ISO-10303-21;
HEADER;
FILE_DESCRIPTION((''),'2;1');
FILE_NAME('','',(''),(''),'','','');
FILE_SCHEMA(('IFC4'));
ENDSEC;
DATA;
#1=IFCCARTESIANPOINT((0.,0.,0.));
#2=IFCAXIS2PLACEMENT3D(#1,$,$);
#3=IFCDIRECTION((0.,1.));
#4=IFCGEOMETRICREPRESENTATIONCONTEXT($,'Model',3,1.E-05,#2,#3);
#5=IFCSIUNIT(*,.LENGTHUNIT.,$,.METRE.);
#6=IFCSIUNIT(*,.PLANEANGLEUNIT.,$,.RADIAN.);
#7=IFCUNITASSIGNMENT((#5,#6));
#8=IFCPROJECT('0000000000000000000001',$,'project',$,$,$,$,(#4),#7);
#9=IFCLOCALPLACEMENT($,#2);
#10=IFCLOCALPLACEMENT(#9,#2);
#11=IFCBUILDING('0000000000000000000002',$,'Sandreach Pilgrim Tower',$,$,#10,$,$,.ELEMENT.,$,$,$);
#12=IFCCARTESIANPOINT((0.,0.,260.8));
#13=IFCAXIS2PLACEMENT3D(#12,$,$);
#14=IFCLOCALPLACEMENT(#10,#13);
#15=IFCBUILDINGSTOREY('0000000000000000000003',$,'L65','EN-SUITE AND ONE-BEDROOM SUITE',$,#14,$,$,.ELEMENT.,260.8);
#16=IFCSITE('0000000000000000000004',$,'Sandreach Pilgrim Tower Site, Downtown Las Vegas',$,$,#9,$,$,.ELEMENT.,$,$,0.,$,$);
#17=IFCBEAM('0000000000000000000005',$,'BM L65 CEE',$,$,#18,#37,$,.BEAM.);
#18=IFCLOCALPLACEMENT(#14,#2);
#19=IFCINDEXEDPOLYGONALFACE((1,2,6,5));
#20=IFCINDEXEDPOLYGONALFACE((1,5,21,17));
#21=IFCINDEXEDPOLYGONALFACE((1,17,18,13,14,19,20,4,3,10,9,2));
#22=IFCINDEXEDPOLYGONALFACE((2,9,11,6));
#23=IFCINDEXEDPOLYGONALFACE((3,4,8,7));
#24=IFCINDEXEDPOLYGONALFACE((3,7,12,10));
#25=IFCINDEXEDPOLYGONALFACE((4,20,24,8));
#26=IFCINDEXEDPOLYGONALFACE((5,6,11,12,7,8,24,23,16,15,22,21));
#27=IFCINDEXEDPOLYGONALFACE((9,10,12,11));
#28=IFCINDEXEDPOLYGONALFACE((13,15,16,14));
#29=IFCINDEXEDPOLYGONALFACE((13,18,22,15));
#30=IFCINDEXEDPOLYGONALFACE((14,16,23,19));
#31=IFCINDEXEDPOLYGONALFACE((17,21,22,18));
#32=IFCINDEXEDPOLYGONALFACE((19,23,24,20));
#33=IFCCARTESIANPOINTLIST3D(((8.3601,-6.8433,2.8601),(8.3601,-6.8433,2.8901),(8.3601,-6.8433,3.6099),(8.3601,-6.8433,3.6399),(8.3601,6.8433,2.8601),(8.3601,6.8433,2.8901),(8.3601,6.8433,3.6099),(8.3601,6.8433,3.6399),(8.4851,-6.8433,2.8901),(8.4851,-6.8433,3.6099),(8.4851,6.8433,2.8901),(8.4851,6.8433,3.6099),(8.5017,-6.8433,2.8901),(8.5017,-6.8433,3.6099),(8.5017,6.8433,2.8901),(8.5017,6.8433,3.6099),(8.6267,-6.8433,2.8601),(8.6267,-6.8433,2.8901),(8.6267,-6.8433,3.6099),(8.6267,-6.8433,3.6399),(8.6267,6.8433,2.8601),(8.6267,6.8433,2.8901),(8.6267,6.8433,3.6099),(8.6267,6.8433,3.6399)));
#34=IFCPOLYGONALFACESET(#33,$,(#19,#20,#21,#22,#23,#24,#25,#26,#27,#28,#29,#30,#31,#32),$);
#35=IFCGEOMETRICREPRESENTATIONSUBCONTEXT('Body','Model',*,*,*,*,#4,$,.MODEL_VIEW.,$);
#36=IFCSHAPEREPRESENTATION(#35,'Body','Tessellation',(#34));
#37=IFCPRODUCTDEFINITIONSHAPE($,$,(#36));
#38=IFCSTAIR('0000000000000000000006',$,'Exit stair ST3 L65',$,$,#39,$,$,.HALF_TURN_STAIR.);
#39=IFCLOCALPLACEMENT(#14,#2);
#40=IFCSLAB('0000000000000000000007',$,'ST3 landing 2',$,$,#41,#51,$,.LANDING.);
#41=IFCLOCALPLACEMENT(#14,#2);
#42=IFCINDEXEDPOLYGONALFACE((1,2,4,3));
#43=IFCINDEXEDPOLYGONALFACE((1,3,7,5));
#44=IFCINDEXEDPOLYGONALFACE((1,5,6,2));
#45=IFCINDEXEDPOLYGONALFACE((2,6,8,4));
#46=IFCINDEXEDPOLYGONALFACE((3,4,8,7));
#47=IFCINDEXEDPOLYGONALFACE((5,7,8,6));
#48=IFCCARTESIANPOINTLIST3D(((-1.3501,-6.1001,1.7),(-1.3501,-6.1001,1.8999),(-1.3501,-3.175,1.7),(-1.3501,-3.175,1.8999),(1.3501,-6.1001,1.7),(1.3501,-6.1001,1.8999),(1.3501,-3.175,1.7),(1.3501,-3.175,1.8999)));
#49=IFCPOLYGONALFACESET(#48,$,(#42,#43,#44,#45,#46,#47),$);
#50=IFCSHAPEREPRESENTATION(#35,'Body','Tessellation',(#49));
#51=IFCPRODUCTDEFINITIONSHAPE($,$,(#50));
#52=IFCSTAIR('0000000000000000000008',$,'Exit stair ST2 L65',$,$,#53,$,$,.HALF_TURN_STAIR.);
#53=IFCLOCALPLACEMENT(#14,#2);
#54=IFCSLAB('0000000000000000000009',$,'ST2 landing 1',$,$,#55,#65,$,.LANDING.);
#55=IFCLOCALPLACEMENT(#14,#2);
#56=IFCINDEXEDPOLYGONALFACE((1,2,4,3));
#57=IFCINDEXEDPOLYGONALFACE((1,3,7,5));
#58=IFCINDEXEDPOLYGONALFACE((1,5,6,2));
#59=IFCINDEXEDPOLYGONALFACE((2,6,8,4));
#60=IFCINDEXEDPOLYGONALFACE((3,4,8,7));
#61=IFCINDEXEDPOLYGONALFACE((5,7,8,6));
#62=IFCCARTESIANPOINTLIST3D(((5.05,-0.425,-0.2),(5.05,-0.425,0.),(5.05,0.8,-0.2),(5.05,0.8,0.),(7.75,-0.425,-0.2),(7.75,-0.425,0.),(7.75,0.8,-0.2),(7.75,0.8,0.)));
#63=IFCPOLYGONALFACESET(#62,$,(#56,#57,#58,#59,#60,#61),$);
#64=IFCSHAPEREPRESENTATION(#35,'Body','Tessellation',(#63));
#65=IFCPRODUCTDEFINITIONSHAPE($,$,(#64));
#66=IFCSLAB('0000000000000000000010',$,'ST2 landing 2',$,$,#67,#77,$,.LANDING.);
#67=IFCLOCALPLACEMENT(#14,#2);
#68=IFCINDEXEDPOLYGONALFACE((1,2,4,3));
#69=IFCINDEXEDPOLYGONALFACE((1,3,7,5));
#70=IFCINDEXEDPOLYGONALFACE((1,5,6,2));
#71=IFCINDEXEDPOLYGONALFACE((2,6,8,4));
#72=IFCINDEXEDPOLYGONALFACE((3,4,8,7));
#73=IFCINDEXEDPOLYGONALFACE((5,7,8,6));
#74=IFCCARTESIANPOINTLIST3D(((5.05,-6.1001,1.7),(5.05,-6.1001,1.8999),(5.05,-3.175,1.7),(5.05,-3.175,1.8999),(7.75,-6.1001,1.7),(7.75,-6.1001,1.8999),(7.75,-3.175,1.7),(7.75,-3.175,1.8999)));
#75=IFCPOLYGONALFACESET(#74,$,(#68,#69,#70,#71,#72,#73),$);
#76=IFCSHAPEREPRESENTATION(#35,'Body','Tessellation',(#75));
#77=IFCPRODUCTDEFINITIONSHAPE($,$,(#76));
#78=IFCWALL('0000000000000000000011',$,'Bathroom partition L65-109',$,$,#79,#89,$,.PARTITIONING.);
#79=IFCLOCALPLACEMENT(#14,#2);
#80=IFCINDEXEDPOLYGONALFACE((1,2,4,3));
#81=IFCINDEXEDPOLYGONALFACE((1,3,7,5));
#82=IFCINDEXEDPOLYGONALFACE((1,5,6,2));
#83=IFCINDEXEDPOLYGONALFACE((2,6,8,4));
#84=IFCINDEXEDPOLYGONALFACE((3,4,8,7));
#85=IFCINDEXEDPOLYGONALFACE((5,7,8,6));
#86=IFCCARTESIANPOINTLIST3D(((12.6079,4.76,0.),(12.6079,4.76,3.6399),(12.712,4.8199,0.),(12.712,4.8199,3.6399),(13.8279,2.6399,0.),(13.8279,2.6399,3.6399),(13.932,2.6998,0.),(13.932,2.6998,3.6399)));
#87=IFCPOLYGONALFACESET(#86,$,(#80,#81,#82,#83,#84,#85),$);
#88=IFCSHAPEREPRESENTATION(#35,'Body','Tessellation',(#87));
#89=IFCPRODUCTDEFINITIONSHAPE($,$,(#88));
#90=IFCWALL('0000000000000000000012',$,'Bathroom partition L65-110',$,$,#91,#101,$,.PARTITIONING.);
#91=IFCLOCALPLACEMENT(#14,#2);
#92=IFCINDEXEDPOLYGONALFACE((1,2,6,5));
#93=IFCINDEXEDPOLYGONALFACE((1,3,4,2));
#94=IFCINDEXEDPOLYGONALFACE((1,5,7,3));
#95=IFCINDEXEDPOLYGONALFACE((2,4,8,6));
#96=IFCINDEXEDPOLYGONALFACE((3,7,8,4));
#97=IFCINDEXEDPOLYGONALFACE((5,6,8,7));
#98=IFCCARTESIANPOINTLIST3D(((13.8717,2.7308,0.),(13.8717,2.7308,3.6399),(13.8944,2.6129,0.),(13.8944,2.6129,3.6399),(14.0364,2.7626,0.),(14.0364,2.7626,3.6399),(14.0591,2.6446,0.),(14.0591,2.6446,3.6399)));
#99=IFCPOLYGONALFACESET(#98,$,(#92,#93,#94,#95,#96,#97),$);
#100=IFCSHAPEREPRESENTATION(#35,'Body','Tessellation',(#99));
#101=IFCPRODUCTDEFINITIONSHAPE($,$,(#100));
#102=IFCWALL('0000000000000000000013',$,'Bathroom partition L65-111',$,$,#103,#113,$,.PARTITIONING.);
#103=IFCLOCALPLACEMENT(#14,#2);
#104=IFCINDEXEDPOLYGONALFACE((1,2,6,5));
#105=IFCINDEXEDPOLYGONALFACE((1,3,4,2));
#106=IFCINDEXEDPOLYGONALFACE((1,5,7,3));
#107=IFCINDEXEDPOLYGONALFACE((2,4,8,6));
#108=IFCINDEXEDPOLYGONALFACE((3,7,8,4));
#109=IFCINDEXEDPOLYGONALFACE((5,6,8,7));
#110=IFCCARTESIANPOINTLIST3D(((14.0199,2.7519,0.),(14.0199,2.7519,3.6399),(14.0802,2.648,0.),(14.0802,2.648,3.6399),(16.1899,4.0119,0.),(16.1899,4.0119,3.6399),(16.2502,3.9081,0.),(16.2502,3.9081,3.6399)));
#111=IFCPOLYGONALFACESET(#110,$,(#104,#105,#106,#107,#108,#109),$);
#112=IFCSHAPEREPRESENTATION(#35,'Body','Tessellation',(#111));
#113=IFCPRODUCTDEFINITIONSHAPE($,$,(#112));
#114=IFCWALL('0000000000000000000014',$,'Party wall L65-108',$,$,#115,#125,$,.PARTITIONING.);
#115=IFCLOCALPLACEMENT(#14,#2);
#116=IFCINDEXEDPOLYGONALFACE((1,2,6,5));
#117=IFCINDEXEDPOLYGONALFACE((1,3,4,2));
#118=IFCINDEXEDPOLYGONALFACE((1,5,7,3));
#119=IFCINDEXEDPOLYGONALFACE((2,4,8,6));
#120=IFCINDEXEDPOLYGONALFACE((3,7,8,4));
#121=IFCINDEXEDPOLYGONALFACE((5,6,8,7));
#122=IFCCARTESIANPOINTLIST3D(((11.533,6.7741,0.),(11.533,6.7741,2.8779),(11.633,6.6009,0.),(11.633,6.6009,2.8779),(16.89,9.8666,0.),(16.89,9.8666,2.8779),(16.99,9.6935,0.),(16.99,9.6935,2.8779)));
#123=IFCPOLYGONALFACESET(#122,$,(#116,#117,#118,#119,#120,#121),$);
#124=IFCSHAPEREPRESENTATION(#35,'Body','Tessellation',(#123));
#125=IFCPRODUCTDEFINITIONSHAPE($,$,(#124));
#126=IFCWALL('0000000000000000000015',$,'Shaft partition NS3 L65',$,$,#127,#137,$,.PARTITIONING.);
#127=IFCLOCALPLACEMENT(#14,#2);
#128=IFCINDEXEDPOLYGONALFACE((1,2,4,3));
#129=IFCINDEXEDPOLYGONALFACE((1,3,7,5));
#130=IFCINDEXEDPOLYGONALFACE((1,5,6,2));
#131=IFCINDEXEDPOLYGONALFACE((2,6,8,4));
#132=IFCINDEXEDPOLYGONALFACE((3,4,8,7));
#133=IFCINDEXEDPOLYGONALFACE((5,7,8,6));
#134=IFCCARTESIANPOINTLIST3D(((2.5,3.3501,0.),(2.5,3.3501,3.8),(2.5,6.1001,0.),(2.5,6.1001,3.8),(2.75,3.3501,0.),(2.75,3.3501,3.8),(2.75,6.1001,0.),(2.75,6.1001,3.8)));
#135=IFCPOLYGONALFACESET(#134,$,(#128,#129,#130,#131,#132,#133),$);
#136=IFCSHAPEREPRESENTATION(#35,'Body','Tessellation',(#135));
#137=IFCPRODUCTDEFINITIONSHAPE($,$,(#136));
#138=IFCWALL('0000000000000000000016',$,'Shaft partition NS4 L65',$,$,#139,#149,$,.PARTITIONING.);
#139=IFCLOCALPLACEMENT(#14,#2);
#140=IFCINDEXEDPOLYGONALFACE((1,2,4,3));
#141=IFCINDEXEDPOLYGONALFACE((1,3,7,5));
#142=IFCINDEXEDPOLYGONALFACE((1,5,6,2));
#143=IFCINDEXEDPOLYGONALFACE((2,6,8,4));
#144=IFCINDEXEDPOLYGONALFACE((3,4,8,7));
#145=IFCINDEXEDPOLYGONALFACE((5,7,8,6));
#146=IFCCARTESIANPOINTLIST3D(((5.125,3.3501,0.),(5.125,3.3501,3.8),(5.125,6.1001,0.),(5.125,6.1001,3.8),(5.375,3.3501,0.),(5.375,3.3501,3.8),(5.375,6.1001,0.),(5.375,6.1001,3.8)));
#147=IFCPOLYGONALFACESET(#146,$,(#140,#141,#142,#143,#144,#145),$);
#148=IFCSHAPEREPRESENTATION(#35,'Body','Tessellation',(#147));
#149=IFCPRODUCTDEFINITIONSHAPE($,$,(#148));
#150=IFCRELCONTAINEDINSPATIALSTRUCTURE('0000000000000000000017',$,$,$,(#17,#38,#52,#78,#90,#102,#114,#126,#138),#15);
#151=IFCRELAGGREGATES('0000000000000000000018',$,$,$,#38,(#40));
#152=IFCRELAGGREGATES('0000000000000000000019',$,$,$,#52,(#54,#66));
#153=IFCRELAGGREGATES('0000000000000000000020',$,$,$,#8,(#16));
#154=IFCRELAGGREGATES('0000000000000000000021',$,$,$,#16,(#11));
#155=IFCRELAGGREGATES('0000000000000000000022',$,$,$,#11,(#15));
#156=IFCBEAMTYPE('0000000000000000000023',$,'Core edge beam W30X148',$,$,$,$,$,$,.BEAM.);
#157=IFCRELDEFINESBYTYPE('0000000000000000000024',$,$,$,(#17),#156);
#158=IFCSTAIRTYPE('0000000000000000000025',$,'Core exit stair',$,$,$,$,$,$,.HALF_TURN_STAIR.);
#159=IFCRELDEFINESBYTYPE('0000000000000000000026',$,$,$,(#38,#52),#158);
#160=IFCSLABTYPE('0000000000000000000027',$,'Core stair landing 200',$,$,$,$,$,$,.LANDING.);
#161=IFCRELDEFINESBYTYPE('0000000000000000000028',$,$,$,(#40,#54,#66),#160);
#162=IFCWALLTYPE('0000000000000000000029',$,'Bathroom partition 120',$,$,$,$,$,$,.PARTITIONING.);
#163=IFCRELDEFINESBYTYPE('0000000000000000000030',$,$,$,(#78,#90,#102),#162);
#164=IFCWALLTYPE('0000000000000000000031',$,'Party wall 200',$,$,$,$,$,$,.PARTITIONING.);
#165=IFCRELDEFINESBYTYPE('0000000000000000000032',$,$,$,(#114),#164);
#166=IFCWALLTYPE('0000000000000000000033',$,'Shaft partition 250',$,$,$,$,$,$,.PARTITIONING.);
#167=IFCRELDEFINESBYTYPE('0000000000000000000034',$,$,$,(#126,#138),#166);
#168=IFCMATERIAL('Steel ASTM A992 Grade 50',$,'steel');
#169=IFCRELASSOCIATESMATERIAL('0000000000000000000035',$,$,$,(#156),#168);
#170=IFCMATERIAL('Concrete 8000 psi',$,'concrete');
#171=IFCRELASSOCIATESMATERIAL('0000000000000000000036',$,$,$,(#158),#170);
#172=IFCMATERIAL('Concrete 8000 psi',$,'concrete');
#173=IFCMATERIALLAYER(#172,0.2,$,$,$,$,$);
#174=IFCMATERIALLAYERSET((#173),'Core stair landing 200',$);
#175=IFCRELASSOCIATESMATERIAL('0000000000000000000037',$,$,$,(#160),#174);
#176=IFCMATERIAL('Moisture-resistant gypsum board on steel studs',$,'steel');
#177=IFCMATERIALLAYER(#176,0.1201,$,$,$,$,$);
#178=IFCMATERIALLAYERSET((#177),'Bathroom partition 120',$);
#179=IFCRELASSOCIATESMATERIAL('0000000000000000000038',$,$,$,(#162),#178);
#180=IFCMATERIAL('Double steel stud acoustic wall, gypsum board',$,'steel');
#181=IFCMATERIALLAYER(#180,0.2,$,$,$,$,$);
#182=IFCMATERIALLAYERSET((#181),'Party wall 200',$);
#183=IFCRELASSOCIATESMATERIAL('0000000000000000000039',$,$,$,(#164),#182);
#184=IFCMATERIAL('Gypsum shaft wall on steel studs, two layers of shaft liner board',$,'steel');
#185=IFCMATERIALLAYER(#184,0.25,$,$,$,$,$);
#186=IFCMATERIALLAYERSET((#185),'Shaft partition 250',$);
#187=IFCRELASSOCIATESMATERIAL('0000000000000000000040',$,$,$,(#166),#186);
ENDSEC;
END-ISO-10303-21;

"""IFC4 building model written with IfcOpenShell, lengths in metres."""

from ifc_helpers import new_model, si_unit, direction, frame, frame_2d, origin, origin_2d, place, context, subcontext, project, spatial, polyline, rectangle, i_section, outline, extrude, material, layer, layer_set, material_profile, profile_set, type_object, element, aggregate, save


model = new_model("IFC4")

# Units and contexts
model_context = context("Model", 3, precision=1e-05, world=origin(), true_north=direction((0.0, 1.0)))
body_context = subcontext(model_context, "Body", "Model", "MODEL_VIEW")
ifc_project = project(units=[si_unit("LENGTHUNIT", "METRE"), si_unit("PLANEANGLEUNIT", "RADIAN")], contexts=[model_context])

# Site, building, storey
site_placement = place(None, origin())
site = spatial("IfcSite", under=ifc_project, at=site_placement, Name="Sandreach Pilgrim Tower Site, Downtown Las Vegas", CompositionType="ELEMENT", RefElevation=0.0)
building_placement = place(site_placement, origin())
building = spatial("IfcBuilding", under=site, at=building_placement, Name="Sandreach Pilgrim Tower", CompositionType="ELEMENT")
storey_placement = place(building_placement, frame((0.0, 0.0, 260.8)))
storey = spatial("IfcBuildingStorey", under=building, at=storey_placement, Name="L65", Description="EN-SUITE AND ONE-BEDROOM SUITE", CompositionType="ELEMENT", Elevation=260.8)

# Beam
ifc_material_1 = material(Name="Steel ASTM A992 Grade 50", Category="steel")
ifc_material_profile = material_profile(ifc_material_1, i_section(OverallWidth=0.2666, OverallDepth=0.7798, WebThickness=0.0166, FlangeThickness=0.03, at=origin_2d()), Name="W30X148")
ifc_profile_set = profile_set([ifc_material_profile], Name="Steel ASTM A992 Grade 50")
beam_type = type_object("IfcBeamType", Name="Core edge beam W30X148", PredefinedType="BEAM", material=ifc_profile_set)
beam_placement = place(storey_placement, frame((8.4934, 6.8433, 3.25), z_axis=(0.0, -1.0, 0.0), x_axis=(1.0, 0.0, 0.0)))
element("IfcBeam", 1, at=beam_placement, inside=storey, type_object=beam_type, Name="BM L65 CEE", PredefinedType="BEAM", context=body_context, shape_type="SweptSolid", body=[
    extrude(i_section(OverallWidth=0.2666, OverallDepth=0.7798, WebThickness=0.0166, FlangeThickness=0.03, at=origin_2d()), origin(), (0.0, 0.0, 1.0), 13.6865),
])

# Stair, slab
ifc_material_2 = material(Name="Concrete 8000 psi", Category="concrete")
stair_type = type_object("IfcStairType", Name="Core exit stair", PredefinedType="HALF_TURN_STAIR", material=ifc_material_2)
stair_1_placement = place(storey_placement, origin())
stair_1 = element("IfcStair", 2, at=stair_1_placement, inside=storey, type_object=stair_type, Name="Exit stair ST3 L65", PredefinedType="HALF_TURN_STAIR")
ifc_material_3 = material(Name="Concrete 8000 psi", Category="concrete")
ifc_layer_1 = layer(ifc_material_3, 0.2)
ifc_layer_set_1 = layer_set([ifc_layer_1], Name="Core stair landing 200")
slab_type = type_object("IfcSlabType", Name="Core stair landing 200", PredefinedType="LANDING", material=ifc_layer_set_1)
slab_1_placement = place(storey_placement, frame((0.0, 0.0, 1.7)))
slab_1 = element("IfcSlab", 3, at=slab_1_placement, type_object=slab_type, Name="ST3 landing 2", PredefinedType="LANDING", context=body_context, shape_type="SweptSolid", body=[
    extrude(outline(polyline([(-1.3501, -6.1001), (1.3501, -6.1001), (1.3501, -3.175), (-1.3501, -3.175), (-1.3501, -6.1001)])), origin(), (0.0, 0.0, 1.0), 0.2),
])
aggregate(stair_1, [slab_1])

# Stair, slabs
stair_2_placement = place(storey_placement, origin())
stair_2 = element("IfcStair", 4, at=stair_2_placement, inside=storey, type_object=stair_type, Name="Exit stair ST2 L65", PredefinedType="HALF_TURN_STAIR")
slab_2_placement = place(storey_placement, frame((0.0, 0.0, -0.2)))
slab_2 = element("IfcSlab", 5, at=slab_2_placement, type_object=slab_type, Name="ST2 landing 1", PredefinedType="LANDING", context=body_context, shape_type="SweptSolid", body=[
    extrude(outline(polyline([(5.05, -0.425), (7.75, -0.425), (7.75, 0.8), (5.05, 0.8), (5.05, -0.425)])), origin(), (0.0, 0.0, 1.0), 0.2),
])
slab_3_placement = place(storey_placement, frame((0.0, 0.0, 1.7)))
slab_3 = element("IfcSlab", 6, at=slab_3_placement, type_object=slab_type, Name="ST2 landing 2", PredefinedType="LANDING", context=body_context, shape_type="SweptSolid", body=[
    extrude(outline(polyline([(5.05, -6.1001), (7.75, -6.1001), (7.75, -3.175), (5.05, -3.175), (5.05, -6.1001)])), origin(), (0.0, 0.0, 1.0), 0.2),
])
aggregate(stair_2, [slab_2, slab_3])

# Walls
ifc_material_4 = material(Name="Moisture-resistant gypsum board on steel studs", Category="steel")
ifc_layer_2 = layer(ifc_material_4, 0.1201)
ifc_layer_set_2 = layer_set([ifc_layer_2], Name="Bathroom partition 120")
wall_type_1 = type_object("IfcWallType", Name="Bathroom partition 120", PredefinedType="PARTITIONING", material=ifc_layer_set_2)
wall_1_placement = place(storey_placement, frame((12.6599, 4.79, 0.0), z_axis=(0.0, 0.0, 1.0), x_axis=(0.498749, -0.866747, 0.0)))
element("IfcWall", 7, at=wall_1_placement, inside=storey, type_object=wall_type_1, Name="Bathroom partition L65-109", PredefinedType="PARTITIONING", context=body_context, shape_type="SweptSolid", body=[
    extrude(rectangle(XDim=2.446, YDim=0.1201, at=frame_2d((1.2231, 0.0))), origin(), (0.0, 0.0, 1.0), 3.6399),
])
wall_2_placement = place(storey_placement, frame((14.0479, 2.7036, 0.0), z_axis=(0.0, 0.0, 1.0), x_axis=(-0.981955, -0.189117, 0.0)))
element("IfcWall", 8, at=wall_2_placement, inside=storey, type_object=wall_type_1, Name="Bathroom partition L65-110", PredefinedType="PARTITIONING", context=body_context, shape_type="SweptSolid", body=[
    extrude(rectangle(XDim=0.1677, YDim=0.1201, at=frame_2d((0.084, 0.0))), origin(), (0.0, 0.0, 1.0), 3.6399),
])
wall_3_placement = place(storey_placement, frame((14.05, 2.7, 0.0), z_axis=(0.0, 0.0, 1.0), x_axis=(0.864779, 0.502152, 0.0)))
element("IfcWall", 9, at=wall_3_placement, inside=storey, type_object=wall_type_1, Name="Bathroom partition L65-111", PredefinedType="PARTITIONING", context=body_context, shape_type="SweptSolid", body=[
    extrude(rectangle(XDim=2.5093, YDim=0.1201, at=frame_2d((1.2546, 0.0))), origin(), (0.0, 0.0, 1.0), 3.6399),
])

# Walls
ifc_material_5 = material(Name="Double steel stud acoustic wall, gypsum board", Category="steel")
ifc_layer_3 = layer(ifc_material_5, 0.2)
ifc_layer_set_3 = layer_set([ifc_layer_3], Name="Party wall 200")
wall_type_2 = type_object("IfcWallType", Name="Party wall 200", PredefinedType="PARTITIONING", material=ifc_layer_set_3)
wall_4_placement = place(storey_placement, frame((11.583, 6.6875, 0.0), z_axis=(0.0, 0.0, 1.0), x_axis=(0.866046, 0.499964, 0.0)))
element("IfcWall", 10, at=wall_4_placement, inside=storey, type_object=wall_type_2, Name="Party wall L65-108", PredefinedType="PARTITIONING", context=body_context, shape_type="SweptSolid", body=[
    extrude(rectangle(XDim=6.1855, YDim=0.2, at=frame_2d((3.0928, 0.0))), origin(), (0.0, 0.0, 1.0), 2.8779),
])
ifc_material_6 = material(Name="Gypsum shaft wall on steel studs, two layers of shaft liner board", Category="steel")
ifc_layer_4 = layer(ifc_material_6, 0.25)
ifc_layer_set_4 = layer_set([ifc_layer_4], Name="Shaft partition 250")
wall_type_3 = type_object("IfcWallType", Name="Shaft partition 250", PredefinedType="PARTITIONING", material=ifc_layer_set_4)
for number, where, z_axis, x_axis, name in (
    (11, (2.625, 3.3501, 0.0), (0.0, 0.0, 1.0), (0.0, 1.0, 0.0), "Shaft partition NS3 L65"),
    (12, (5.25, 3.3501, 0.0), (0.0, 0.0, 1.0), (0.0, 1.0, 0.0), "Shaft partition NS4 L65"),
):
    element("IfcWall", number, at=place(storey_placement, frame(where, z_axis=z_axis, x_axis=x_axis)), inside=storey, type_object=wall_type_3, Name=name, PredefinedType="PARTITIONING", context=body_context, shape_type="SweptSolid", body=[
        extrude(rectangle(XDim=2.75, YDim=0.25, at=frame_2d((1.375, 0.0))), origin(), (0.0, 0.0, 1.0), 3.8),
    ])

save(model, "model.ifc")
